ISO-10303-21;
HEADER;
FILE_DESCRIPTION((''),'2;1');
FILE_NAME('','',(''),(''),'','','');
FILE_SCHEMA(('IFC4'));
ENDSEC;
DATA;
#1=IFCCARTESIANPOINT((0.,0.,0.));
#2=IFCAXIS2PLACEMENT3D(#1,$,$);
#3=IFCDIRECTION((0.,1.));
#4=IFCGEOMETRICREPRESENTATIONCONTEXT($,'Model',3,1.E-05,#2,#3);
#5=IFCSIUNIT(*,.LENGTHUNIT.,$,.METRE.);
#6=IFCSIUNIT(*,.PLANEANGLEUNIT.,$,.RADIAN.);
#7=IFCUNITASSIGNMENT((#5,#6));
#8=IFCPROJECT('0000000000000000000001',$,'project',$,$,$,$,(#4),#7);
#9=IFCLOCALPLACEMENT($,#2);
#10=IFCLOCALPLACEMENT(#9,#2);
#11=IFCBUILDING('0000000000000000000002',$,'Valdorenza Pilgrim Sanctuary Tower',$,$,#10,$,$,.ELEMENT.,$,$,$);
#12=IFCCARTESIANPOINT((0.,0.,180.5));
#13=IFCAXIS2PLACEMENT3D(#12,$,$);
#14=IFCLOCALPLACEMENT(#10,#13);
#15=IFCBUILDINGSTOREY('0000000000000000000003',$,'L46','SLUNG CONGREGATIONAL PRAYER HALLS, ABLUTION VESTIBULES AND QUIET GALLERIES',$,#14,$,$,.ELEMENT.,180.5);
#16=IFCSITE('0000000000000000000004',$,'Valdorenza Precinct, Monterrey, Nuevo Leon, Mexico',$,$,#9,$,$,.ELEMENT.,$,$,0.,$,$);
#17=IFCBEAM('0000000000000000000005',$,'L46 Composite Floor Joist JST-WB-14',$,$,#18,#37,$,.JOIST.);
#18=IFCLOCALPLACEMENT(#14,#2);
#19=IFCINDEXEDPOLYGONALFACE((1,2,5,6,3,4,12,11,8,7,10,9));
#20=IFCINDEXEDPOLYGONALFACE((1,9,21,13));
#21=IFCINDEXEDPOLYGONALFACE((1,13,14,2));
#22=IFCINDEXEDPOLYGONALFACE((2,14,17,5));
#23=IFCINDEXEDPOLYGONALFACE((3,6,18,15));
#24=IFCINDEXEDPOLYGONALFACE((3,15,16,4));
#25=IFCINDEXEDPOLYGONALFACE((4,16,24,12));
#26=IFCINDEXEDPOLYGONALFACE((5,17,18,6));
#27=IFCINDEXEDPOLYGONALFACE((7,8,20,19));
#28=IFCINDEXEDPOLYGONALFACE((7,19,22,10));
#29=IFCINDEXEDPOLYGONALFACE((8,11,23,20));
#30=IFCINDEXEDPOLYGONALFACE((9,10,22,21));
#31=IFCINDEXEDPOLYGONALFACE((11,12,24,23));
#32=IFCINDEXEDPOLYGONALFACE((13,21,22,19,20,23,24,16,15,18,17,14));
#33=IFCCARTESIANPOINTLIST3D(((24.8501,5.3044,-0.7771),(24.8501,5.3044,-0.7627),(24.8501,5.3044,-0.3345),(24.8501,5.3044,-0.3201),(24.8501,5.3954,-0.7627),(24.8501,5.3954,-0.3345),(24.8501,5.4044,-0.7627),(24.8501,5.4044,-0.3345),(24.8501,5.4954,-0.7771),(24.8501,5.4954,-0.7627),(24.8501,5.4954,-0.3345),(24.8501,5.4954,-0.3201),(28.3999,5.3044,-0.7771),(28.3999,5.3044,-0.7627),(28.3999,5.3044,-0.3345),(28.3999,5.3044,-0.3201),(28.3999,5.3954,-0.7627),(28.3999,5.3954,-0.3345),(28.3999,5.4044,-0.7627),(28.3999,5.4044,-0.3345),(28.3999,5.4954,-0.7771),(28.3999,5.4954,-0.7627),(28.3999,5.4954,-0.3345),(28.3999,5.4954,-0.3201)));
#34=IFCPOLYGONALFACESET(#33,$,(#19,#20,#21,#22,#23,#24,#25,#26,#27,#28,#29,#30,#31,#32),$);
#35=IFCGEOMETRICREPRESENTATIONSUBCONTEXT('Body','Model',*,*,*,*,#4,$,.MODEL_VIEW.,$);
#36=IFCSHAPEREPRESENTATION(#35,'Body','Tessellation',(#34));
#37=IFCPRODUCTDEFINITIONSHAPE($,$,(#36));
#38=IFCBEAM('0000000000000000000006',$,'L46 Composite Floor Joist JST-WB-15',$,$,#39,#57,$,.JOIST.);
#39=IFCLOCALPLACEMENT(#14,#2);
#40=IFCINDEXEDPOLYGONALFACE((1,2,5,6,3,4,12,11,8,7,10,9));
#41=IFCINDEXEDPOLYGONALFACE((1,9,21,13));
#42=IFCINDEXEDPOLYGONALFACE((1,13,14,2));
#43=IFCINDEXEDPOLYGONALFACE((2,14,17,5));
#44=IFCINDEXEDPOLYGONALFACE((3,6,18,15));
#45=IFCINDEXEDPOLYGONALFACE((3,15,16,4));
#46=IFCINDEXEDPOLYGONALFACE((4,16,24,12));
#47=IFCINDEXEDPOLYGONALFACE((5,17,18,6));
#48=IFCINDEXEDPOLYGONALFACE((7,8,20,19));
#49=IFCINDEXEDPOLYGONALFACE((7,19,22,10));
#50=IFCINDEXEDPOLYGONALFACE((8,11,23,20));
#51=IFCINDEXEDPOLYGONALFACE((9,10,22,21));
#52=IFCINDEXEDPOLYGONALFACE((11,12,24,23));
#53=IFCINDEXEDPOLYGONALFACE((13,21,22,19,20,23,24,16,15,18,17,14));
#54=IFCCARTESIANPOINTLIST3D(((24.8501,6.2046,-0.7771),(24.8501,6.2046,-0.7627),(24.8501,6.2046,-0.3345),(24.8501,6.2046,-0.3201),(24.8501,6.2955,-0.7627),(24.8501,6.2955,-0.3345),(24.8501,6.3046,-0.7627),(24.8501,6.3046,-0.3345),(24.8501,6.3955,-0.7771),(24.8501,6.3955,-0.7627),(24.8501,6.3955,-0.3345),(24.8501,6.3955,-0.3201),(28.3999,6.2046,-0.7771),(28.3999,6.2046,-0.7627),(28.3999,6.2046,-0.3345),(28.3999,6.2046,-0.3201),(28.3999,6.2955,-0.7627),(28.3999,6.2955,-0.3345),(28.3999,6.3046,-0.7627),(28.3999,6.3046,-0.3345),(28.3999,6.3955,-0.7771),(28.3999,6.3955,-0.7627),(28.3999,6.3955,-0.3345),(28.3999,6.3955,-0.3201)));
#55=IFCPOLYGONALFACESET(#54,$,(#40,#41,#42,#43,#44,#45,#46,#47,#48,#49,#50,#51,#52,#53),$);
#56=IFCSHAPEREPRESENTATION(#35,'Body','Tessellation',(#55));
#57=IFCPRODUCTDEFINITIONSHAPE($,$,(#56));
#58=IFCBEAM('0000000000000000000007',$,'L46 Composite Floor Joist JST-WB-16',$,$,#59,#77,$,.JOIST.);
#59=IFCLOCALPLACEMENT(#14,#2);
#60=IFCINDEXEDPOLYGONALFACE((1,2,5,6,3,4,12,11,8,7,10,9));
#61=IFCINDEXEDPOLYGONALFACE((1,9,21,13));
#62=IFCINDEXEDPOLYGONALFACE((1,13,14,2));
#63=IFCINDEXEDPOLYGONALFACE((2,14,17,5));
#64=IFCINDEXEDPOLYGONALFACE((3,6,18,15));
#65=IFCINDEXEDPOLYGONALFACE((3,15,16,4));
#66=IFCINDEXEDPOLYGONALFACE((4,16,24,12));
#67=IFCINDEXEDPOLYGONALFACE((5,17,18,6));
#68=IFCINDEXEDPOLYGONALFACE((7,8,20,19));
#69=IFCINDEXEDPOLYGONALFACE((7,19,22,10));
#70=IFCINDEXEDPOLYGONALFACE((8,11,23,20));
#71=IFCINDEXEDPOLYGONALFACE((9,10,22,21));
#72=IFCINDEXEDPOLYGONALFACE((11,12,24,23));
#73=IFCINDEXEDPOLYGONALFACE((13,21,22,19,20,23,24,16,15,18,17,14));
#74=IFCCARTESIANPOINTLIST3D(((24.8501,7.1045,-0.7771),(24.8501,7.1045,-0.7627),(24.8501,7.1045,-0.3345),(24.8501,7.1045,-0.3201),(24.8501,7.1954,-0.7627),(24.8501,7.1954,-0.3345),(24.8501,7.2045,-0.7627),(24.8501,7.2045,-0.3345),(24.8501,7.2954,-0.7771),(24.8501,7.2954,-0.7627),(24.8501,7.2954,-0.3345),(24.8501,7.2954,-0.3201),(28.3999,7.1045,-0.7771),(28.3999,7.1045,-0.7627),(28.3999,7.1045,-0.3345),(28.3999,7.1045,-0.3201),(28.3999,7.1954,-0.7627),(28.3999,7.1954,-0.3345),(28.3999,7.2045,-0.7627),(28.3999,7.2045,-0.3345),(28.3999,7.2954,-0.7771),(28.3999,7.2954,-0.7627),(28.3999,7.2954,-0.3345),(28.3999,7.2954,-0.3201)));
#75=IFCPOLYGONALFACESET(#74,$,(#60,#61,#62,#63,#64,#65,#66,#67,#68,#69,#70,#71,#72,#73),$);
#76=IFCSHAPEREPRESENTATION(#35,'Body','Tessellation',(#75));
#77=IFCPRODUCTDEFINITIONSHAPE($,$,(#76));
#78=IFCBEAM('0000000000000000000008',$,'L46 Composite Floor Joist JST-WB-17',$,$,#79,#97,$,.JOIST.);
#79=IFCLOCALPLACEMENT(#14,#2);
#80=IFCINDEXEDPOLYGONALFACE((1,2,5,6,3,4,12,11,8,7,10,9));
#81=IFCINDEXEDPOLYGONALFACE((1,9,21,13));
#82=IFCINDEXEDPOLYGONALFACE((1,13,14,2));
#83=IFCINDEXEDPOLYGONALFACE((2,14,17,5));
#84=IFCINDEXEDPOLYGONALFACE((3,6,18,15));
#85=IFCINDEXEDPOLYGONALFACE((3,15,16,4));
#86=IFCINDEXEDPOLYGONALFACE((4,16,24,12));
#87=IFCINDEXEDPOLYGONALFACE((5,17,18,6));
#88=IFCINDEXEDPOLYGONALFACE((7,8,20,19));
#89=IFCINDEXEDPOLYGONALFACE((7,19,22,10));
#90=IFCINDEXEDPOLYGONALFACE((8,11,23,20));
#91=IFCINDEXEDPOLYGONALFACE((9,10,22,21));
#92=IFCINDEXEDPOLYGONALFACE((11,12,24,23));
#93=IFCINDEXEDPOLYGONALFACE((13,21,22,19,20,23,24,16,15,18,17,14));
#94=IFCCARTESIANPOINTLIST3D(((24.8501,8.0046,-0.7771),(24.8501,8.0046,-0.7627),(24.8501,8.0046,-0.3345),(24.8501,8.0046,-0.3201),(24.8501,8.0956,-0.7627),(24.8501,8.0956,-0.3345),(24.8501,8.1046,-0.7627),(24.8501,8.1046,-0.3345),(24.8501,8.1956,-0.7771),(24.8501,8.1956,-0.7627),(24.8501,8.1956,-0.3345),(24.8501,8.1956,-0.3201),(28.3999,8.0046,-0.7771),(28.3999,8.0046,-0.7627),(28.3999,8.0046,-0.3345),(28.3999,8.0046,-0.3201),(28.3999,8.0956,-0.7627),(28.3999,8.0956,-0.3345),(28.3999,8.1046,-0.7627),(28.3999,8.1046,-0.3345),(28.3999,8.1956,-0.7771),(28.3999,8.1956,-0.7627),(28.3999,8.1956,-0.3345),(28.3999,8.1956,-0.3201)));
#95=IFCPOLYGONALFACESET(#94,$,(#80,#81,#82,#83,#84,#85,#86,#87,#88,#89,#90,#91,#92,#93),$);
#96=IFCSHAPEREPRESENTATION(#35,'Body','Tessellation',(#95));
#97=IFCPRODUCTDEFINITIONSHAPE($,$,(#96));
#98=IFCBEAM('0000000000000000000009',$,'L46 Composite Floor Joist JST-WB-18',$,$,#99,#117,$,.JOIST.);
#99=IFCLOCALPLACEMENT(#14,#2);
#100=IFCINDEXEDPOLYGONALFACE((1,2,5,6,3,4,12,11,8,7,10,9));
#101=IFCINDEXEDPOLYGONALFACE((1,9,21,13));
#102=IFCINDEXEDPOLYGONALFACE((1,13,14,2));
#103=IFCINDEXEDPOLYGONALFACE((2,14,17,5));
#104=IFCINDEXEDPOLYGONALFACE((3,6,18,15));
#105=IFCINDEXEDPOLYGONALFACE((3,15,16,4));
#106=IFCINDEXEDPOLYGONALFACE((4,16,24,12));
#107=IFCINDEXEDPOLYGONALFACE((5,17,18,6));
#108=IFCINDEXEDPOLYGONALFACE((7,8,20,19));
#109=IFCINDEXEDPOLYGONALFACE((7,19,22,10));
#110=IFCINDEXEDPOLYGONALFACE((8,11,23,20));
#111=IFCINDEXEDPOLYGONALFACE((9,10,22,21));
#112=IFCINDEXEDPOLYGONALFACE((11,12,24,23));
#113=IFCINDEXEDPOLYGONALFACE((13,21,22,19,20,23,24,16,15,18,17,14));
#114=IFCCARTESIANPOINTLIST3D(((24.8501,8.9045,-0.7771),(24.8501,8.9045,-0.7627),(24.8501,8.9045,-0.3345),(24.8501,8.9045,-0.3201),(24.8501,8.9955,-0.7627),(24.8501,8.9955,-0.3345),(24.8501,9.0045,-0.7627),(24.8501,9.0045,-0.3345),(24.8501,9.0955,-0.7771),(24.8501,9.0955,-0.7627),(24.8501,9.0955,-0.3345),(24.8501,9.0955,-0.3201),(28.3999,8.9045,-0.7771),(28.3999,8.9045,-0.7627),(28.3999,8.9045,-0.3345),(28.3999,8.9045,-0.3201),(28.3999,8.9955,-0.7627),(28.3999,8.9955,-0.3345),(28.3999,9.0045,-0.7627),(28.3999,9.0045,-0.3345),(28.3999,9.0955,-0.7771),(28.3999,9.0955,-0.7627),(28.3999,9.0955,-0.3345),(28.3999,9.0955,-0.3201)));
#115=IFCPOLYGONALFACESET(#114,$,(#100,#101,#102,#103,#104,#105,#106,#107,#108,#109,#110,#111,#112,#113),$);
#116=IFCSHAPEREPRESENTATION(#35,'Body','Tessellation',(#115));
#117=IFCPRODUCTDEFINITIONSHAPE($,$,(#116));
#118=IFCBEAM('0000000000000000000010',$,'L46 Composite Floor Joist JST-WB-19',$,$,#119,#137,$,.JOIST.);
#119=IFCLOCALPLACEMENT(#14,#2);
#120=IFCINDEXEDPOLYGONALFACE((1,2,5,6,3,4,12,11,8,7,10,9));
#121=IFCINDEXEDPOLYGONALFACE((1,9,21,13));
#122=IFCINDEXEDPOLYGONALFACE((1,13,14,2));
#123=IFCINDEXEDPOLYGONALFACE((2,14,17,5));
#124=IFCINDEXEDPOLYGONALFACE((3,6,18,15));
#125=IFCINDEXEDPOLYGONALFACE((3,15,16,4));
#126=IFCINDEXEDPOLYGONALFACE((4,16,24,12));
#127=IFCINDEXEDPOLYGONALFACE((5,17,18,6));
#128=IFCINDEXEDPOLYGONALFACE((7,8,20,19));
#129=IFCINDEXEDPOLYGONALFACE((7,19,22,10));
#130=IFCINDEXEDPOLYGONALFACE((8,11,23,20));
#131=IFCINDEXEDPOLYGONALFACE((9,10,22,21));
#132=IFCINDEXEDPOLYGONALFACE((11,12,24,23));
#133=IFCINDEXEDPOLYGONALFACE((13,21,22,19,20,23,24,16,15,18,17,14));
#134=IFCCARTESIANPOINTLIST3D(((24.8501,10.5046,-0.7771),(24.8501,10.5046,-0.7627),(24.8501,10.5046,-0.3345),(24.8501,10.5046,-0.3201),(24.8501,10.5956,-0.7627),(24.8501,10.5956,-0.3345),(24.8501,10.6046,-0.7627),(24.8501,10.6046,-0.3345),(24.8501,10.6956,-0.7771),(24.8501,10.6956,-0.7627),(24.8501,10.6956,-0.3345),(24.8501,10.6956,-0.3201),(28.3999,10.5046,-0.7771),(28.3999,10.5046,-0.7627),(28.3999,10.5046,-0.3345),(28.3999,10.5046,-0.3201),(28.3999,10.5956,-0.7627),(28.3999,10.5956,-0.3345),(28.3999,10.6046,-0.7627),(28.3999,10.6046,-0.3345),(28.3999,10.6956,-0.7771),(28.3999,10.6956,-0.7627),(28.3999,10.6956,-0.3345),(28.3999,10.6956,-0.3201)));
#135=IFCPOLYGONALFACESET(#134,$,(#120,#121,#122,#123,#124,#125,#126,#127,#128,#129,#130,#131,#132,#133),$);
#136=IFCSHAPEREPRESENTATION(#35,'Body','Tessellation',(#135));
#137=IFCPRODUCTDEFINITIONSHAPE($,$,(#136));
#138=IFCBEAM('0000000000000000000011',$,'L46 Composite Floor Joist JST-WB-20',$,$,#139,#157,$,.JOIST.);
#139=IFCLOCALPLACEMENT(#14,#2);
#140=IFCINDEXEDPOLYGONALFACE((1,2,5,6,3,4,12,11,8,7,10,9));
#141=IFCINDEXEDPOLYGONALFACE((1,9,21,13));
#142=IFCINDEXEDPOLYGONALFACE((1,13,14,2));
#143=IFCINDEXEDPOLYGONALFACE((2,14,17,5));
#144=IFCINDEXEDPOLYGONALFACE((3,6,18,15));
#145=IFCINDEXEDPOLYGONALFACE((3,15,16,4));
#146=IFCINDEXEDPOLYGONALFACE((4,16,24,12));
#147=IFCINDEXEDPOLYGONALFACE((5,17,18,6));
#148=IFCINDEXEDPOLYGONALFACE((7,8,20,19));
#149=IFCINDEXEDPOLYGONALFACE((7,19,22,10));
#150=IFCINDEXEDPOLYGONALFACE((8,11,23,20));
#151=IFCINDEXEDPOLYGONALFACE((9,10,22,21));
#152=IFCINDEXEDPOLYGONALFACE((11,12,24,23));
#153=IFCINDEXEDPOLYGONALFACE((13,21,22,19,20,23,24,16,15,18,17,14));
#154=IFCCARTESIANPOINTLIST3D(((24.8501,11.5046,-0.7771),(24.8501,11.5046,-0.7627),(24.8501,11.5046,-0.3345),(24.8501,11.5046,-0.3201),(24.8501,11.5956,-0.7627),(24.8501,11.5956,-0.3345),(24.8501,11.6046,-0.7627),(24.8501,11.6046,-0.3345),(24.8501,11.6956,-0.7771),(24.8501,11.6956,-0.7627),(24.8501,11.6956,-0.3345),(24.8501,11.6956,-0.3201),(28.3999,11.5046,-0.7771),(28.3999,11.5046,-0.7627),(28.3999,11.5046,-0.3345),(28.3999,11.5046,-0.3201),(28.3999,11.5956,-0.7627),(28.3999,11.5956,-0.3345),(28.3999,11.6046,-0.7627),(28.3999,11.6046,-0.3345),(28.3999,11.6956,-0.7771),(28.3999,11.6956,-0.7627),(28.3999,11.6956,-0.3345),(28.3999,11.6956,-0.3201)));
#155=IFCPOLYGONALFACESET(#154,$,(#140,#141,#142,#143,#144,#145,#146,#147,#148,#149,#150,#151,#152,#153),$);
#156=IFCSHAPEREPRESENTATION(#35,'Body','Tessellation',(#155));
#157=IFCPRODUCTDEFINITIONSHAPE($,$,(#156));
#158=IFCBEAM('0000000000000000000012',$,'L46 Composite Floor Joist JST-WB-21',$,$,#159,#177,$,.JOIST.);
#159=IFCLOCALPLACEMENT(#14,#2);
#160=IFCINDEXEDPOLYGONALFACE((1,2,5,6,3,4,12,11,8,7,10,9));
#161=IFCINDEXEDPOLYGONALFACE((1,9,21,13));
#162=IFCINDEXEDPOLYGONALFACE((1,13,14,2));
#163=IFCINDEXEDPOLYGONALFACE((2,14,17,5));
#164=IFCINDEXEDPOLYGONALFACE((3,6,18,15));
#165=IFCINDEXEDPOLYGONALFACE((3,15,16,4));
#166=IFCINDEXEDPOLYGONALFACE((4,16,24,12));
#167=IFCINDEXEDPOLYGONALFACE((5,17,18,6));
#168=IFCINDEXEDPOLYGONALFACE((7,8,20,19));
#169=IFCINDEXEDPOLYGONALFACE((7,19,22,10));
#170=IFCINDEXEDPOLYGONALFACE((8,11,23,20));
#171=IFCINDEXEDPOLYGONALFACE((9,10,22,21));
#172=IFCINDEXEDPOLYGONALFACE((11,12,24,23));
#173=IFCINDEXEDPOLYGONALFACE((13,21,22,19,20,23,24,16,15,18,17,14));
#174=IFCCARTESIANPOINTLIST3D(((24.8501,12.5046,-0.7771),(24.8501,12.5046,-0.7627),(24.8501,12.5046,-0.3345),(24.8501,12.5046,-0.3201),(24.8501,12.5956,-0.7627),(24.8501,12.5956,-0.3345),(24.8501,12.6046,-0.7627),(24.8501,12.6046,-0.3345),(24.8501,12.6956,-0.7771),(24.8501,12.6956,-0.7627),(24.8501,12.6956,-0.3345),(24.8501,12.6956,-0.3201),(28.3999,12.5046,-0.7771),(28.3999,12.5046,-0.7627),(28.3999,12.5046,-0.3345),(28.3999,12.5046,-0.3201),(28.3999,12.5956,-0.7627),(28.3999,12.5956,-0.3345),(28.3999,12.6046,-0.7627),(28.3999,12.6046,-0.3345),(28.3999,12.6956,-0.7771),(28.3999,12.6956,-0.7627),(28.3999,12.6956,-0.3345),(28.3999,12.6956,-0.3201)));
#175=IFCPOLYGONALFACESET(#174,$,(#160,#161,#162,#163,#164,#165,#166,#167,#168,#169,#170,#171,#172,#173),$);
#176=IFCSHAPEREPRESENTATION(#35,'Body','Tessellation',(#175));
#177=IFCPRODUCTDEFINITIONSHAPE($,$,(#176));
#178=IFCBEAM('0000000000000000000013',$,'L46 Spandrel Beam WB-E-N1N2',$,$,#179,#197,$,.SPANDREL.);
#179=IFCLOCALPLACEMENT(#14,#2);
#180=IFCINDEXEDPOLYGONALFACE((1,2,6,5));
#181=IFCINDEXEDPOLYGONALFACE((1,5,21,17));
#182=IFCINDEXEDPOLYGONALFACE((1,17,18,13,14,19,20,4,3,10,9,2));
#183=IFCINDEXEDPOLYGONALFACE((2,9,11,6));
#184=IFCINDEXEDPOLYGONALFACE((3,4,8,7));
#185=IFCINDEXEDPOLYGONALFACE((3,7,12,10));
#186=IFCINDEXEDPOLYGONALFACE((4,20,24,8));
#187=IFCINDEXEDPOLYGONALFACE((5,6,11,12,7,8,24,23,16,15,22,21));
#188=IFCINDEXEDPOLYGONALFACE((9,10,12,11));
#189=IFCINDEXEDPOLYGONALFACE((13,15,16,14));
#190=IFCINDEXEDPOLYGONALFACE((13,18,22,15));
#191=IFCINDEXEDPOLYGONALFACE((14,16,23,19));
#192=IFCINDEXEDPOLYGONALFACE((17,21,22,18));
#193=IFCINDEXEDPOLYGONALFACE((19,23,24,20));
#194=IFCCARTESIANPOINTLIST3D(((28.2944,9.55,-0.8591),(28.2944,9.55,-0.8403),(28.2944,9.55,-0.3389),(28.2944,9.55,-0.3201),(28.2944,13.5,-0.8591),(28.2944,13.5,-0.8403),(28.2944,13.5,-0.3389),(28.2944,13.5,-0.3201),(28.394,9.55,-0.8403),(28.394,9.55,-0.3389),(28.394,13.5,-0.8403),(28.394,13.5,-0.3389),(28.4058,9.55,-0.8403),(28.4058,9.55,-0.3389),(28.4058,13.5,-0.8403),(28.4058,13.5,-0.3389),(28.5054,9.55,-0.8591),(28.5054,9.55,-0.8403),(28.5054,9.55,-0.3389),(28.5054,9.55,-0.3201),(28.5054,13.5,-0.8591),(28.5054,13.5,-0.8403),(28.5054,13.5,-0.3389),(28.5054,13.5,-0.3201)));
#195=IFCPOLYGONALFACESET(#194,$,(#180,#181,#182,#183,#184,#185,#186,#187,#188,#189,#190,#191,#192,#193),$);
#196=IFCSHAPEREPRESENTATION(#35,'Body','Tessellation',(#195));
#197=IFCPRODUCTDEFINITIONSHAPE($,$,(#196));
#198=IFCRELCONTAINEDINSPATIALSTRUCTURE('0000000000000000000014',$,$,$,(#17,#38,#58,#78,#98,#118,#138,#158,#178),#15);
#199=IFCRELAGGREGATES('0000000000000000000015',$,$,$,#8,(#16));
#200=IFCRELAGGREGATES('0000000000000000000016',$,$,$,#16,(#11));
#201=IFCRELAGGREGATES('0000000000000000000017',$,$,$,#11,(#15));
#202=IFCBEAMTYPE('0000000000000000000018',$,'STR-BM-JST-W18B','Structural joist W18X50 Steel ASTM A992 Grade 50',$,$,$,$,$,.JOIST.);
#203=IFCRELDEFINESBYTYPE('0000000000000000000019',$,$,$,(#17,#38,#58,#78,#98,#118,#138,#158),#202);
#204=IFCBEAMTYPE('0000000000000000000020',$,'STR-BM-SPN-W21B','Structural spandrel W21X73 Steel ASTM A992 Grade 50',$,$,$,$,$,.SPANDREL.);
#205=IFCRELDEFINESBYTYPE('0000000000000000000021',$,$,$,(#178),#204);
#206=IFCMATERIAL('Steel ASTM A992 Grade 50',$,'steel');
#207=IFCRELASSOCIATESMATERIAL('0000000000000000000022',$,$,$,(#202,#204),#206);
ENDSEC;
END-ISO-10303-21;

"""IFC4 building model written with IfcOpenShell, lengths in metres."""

from ifc_helpers import new_model, si_unit, direction, frame, origin, origin_2d, place, context, subcontext, project, spatial, i_section, extrude, source, transform, mapped, material, material_profile, profile_set, type_object, element, save


model = new_model("IFC4")

# Units and contexts
model_context = context("Model", 3, precision=1e-05, world=origin(), true_north=direction((0.0, 1.0)))
body_context = subcontext(model_context, "Body", "Model", "MODEL_VIEW")
ifc_project = project(units=[si_unit("LENGTHUNIT", "METRE"), si_unit("PLANEANGLEUNIT", "RADIAN")], contexts=[model_context])

# Site, building, storey
site_placement = place(None, origin())
site = spatial("IfcSite", under=ifc_project, at=site_placement, Name="Valdorenza Precinct, Monterrey, Nuevo Leon, Mexico", CompositionType="ELEMENT", RefElevation=0.0)
building_placement = place(site_placement, origin())
building = spatial("IfcBuilding", under=site, at=building_placement, Name="Valdorenza Pilgrim Sanctuary Tower", CompositionType="ELEMENT")
storey_placement = place(building_placement, frame((0.0, 0.0, 180.5)))
storey = spatial("IfcBuildingStorey", under=building, at=storey_placement, Name="L46", Description="SLUNG CONGREGATIONAL PRAYER HALLS, ABLUTION VESTIBULES AND QUIET GALLERIES", CompositionType="ELEMENT", Elevation=180.5)

# Shared definitions
ifc_material_1 = material(Name="Steel ASTM A992 Grade 50", Category="steel")

# Beams
ifc_material_profile_1 = material_profile(ifc_material_1, i_section(OverallWidth=0.1909, OverallDepth=0.457, WebThickness=0.009, FlangeThickness=0.0144, at=origin_2d()), Name="W18X50")
ifc_profile_set_1 = profile_set([ifc_material_profile_1], Name="Steel ASTM A992 Grade 50")
beam_type_1 = type_object("IfcBeamType", Name="STR-BM-JST-W18B", Description="Structural joist W18X50 Steel ASTM A992 Grade 50", PredefinedType="JOIST", material=ifc_profile_set_1)
shared_shape_1 = source(origin(), body_context, "Body", "SweptSolid", [
    extrude(i_section(OverallWidth=0.1909, OverallDepth=0.457, WebThickness=0.009, FlangeThickness=0.0144, at=origin_2d()), origin(), (0.0, 0.0, 1.0), 3.5498),
])
for number, where, z_axis, x_axis, name in (
    (1, (24.8501, 5.3999, -0.5486), (1.0, 0.0, 0.0), (0.0, 1.0, 0.0), "L46 Composite Floor Joist JST-WB-14"),
    (2, (24.8501, 6.3, -0.5486), (1.0, 0.0, 0.0), (0.0, 1.0, 0.0), "L46 Composite Floor Joist JST-WB-15"),
    (3, (24.8501, 7.2, -0.5486), (1.0, 0.0, 0.0), (0.0, 1.0, 0.0), "L46 Composite Floor Joist JST-WB-16"),
    (4, (24.8501, 8.1001, -0.5486), (1.0, 0.0, 0.0), (0.0, 1.0, 0.0), "L46 Composite Floor Joist JST-WB-17"),
    (5, (24.8501, 9.0, -0.5486), (1.0, 0.0, 0.0), (0.0, 1.0, 0.0), "L46 Composite Floor Joist JST-WB-18"),
    (6, (24.8501, 10.6001, -0.5486), (1.0, 0.0, 0.0), (0.0, 1.0, 0.0), "L46 Composite Floor Joist JST-WB-19"),
    (7, (24.8501, 11.6001, -0.5486), (1.0, 0.0, 0.0), (0.0, 1.0, 0.0), "L46 Composite Floor Joist JST-WB-20"),
    (8, (24.8501, 12.6001, -0.5486), (1.0, 0.0, 0.0), (0.0, 1.0, 0.0), "L46 Composite Floor Joist JST-WB-21"),
):
    element("IfcBeam", number, at=place(storey_placement, frame(where, z_axis=z_axis, x_axis=x_axis)), inside=storey, type_object=beam_type_1, Name=name, PredefinedType="JOIST", context=body_context, shape_type="MappedRepresentation", body=[
        mapped(shared_shape_1, transform((0.0, 0.0, 0.0), x_axis=(1.0, 0.0, 0.0), y_axis=(0.0, 1.0, 0.0), z_axis=(0.0, 0.0, 1.0), scale=1.0)),
    ])
ifc_material_profile_2 = material_profile(ifc_material_1, i_section(OverallWidth=0.2109, OverallDepth=0.5391, WebThickness=0.0117, FlangeThickness=0.0188, at=origin_2d()), Name="W21X73")
ifc_profile_set_2 = profile_set([ifc_material_profile_2], Name="Steel ASTM A992 Grade 50")
beam_type_2 = type_object("IfcBeamType", Name="STR-BM-SPN-W21B", Description="Structural spandrel W21X73 Steel ASTM A992 Grade 50", PredefinedType="SPANDREL", material=ifc_profile_set_2)
shared_shape_2 = source(origin(), body_context, "Body", "SweptSolid", [
    extrude(i_section(OverallWidth=0.2109, OverallDepth=0.5391, WebThickness=0.0117, FlangeThickness=0.0188, at=origin_2d()), origin(), (0.0, 0.0, 1.0), 3.95),
])
beam_1_placement = place(storey_placement, frame((28.3999, 9.55, -0.5896), z_axis=(0.0, 1.0, 0.0), x_axis=(-1.0, 0.0, 0.0)))
element("IfcBeam", 9, at=beam_1_placement, inside=storey, type_object=beam_type_2, Name="L46 Spandrel Beam WB-E-N1N2", PredefinedType="SPANDREL", context=body_context, shape_type="MappedRepresentation", body=[
    mapped(shared_shape_2, transform((0.0, 0.0, 0.0), x_axis=(1.0, 0.0, 0.0), y_axis=(0.0, 1.0, 0.0), z_axis=(0.0, 0.0, 1.0), scale=1.0)),
])

save(model, "model.ifc")
